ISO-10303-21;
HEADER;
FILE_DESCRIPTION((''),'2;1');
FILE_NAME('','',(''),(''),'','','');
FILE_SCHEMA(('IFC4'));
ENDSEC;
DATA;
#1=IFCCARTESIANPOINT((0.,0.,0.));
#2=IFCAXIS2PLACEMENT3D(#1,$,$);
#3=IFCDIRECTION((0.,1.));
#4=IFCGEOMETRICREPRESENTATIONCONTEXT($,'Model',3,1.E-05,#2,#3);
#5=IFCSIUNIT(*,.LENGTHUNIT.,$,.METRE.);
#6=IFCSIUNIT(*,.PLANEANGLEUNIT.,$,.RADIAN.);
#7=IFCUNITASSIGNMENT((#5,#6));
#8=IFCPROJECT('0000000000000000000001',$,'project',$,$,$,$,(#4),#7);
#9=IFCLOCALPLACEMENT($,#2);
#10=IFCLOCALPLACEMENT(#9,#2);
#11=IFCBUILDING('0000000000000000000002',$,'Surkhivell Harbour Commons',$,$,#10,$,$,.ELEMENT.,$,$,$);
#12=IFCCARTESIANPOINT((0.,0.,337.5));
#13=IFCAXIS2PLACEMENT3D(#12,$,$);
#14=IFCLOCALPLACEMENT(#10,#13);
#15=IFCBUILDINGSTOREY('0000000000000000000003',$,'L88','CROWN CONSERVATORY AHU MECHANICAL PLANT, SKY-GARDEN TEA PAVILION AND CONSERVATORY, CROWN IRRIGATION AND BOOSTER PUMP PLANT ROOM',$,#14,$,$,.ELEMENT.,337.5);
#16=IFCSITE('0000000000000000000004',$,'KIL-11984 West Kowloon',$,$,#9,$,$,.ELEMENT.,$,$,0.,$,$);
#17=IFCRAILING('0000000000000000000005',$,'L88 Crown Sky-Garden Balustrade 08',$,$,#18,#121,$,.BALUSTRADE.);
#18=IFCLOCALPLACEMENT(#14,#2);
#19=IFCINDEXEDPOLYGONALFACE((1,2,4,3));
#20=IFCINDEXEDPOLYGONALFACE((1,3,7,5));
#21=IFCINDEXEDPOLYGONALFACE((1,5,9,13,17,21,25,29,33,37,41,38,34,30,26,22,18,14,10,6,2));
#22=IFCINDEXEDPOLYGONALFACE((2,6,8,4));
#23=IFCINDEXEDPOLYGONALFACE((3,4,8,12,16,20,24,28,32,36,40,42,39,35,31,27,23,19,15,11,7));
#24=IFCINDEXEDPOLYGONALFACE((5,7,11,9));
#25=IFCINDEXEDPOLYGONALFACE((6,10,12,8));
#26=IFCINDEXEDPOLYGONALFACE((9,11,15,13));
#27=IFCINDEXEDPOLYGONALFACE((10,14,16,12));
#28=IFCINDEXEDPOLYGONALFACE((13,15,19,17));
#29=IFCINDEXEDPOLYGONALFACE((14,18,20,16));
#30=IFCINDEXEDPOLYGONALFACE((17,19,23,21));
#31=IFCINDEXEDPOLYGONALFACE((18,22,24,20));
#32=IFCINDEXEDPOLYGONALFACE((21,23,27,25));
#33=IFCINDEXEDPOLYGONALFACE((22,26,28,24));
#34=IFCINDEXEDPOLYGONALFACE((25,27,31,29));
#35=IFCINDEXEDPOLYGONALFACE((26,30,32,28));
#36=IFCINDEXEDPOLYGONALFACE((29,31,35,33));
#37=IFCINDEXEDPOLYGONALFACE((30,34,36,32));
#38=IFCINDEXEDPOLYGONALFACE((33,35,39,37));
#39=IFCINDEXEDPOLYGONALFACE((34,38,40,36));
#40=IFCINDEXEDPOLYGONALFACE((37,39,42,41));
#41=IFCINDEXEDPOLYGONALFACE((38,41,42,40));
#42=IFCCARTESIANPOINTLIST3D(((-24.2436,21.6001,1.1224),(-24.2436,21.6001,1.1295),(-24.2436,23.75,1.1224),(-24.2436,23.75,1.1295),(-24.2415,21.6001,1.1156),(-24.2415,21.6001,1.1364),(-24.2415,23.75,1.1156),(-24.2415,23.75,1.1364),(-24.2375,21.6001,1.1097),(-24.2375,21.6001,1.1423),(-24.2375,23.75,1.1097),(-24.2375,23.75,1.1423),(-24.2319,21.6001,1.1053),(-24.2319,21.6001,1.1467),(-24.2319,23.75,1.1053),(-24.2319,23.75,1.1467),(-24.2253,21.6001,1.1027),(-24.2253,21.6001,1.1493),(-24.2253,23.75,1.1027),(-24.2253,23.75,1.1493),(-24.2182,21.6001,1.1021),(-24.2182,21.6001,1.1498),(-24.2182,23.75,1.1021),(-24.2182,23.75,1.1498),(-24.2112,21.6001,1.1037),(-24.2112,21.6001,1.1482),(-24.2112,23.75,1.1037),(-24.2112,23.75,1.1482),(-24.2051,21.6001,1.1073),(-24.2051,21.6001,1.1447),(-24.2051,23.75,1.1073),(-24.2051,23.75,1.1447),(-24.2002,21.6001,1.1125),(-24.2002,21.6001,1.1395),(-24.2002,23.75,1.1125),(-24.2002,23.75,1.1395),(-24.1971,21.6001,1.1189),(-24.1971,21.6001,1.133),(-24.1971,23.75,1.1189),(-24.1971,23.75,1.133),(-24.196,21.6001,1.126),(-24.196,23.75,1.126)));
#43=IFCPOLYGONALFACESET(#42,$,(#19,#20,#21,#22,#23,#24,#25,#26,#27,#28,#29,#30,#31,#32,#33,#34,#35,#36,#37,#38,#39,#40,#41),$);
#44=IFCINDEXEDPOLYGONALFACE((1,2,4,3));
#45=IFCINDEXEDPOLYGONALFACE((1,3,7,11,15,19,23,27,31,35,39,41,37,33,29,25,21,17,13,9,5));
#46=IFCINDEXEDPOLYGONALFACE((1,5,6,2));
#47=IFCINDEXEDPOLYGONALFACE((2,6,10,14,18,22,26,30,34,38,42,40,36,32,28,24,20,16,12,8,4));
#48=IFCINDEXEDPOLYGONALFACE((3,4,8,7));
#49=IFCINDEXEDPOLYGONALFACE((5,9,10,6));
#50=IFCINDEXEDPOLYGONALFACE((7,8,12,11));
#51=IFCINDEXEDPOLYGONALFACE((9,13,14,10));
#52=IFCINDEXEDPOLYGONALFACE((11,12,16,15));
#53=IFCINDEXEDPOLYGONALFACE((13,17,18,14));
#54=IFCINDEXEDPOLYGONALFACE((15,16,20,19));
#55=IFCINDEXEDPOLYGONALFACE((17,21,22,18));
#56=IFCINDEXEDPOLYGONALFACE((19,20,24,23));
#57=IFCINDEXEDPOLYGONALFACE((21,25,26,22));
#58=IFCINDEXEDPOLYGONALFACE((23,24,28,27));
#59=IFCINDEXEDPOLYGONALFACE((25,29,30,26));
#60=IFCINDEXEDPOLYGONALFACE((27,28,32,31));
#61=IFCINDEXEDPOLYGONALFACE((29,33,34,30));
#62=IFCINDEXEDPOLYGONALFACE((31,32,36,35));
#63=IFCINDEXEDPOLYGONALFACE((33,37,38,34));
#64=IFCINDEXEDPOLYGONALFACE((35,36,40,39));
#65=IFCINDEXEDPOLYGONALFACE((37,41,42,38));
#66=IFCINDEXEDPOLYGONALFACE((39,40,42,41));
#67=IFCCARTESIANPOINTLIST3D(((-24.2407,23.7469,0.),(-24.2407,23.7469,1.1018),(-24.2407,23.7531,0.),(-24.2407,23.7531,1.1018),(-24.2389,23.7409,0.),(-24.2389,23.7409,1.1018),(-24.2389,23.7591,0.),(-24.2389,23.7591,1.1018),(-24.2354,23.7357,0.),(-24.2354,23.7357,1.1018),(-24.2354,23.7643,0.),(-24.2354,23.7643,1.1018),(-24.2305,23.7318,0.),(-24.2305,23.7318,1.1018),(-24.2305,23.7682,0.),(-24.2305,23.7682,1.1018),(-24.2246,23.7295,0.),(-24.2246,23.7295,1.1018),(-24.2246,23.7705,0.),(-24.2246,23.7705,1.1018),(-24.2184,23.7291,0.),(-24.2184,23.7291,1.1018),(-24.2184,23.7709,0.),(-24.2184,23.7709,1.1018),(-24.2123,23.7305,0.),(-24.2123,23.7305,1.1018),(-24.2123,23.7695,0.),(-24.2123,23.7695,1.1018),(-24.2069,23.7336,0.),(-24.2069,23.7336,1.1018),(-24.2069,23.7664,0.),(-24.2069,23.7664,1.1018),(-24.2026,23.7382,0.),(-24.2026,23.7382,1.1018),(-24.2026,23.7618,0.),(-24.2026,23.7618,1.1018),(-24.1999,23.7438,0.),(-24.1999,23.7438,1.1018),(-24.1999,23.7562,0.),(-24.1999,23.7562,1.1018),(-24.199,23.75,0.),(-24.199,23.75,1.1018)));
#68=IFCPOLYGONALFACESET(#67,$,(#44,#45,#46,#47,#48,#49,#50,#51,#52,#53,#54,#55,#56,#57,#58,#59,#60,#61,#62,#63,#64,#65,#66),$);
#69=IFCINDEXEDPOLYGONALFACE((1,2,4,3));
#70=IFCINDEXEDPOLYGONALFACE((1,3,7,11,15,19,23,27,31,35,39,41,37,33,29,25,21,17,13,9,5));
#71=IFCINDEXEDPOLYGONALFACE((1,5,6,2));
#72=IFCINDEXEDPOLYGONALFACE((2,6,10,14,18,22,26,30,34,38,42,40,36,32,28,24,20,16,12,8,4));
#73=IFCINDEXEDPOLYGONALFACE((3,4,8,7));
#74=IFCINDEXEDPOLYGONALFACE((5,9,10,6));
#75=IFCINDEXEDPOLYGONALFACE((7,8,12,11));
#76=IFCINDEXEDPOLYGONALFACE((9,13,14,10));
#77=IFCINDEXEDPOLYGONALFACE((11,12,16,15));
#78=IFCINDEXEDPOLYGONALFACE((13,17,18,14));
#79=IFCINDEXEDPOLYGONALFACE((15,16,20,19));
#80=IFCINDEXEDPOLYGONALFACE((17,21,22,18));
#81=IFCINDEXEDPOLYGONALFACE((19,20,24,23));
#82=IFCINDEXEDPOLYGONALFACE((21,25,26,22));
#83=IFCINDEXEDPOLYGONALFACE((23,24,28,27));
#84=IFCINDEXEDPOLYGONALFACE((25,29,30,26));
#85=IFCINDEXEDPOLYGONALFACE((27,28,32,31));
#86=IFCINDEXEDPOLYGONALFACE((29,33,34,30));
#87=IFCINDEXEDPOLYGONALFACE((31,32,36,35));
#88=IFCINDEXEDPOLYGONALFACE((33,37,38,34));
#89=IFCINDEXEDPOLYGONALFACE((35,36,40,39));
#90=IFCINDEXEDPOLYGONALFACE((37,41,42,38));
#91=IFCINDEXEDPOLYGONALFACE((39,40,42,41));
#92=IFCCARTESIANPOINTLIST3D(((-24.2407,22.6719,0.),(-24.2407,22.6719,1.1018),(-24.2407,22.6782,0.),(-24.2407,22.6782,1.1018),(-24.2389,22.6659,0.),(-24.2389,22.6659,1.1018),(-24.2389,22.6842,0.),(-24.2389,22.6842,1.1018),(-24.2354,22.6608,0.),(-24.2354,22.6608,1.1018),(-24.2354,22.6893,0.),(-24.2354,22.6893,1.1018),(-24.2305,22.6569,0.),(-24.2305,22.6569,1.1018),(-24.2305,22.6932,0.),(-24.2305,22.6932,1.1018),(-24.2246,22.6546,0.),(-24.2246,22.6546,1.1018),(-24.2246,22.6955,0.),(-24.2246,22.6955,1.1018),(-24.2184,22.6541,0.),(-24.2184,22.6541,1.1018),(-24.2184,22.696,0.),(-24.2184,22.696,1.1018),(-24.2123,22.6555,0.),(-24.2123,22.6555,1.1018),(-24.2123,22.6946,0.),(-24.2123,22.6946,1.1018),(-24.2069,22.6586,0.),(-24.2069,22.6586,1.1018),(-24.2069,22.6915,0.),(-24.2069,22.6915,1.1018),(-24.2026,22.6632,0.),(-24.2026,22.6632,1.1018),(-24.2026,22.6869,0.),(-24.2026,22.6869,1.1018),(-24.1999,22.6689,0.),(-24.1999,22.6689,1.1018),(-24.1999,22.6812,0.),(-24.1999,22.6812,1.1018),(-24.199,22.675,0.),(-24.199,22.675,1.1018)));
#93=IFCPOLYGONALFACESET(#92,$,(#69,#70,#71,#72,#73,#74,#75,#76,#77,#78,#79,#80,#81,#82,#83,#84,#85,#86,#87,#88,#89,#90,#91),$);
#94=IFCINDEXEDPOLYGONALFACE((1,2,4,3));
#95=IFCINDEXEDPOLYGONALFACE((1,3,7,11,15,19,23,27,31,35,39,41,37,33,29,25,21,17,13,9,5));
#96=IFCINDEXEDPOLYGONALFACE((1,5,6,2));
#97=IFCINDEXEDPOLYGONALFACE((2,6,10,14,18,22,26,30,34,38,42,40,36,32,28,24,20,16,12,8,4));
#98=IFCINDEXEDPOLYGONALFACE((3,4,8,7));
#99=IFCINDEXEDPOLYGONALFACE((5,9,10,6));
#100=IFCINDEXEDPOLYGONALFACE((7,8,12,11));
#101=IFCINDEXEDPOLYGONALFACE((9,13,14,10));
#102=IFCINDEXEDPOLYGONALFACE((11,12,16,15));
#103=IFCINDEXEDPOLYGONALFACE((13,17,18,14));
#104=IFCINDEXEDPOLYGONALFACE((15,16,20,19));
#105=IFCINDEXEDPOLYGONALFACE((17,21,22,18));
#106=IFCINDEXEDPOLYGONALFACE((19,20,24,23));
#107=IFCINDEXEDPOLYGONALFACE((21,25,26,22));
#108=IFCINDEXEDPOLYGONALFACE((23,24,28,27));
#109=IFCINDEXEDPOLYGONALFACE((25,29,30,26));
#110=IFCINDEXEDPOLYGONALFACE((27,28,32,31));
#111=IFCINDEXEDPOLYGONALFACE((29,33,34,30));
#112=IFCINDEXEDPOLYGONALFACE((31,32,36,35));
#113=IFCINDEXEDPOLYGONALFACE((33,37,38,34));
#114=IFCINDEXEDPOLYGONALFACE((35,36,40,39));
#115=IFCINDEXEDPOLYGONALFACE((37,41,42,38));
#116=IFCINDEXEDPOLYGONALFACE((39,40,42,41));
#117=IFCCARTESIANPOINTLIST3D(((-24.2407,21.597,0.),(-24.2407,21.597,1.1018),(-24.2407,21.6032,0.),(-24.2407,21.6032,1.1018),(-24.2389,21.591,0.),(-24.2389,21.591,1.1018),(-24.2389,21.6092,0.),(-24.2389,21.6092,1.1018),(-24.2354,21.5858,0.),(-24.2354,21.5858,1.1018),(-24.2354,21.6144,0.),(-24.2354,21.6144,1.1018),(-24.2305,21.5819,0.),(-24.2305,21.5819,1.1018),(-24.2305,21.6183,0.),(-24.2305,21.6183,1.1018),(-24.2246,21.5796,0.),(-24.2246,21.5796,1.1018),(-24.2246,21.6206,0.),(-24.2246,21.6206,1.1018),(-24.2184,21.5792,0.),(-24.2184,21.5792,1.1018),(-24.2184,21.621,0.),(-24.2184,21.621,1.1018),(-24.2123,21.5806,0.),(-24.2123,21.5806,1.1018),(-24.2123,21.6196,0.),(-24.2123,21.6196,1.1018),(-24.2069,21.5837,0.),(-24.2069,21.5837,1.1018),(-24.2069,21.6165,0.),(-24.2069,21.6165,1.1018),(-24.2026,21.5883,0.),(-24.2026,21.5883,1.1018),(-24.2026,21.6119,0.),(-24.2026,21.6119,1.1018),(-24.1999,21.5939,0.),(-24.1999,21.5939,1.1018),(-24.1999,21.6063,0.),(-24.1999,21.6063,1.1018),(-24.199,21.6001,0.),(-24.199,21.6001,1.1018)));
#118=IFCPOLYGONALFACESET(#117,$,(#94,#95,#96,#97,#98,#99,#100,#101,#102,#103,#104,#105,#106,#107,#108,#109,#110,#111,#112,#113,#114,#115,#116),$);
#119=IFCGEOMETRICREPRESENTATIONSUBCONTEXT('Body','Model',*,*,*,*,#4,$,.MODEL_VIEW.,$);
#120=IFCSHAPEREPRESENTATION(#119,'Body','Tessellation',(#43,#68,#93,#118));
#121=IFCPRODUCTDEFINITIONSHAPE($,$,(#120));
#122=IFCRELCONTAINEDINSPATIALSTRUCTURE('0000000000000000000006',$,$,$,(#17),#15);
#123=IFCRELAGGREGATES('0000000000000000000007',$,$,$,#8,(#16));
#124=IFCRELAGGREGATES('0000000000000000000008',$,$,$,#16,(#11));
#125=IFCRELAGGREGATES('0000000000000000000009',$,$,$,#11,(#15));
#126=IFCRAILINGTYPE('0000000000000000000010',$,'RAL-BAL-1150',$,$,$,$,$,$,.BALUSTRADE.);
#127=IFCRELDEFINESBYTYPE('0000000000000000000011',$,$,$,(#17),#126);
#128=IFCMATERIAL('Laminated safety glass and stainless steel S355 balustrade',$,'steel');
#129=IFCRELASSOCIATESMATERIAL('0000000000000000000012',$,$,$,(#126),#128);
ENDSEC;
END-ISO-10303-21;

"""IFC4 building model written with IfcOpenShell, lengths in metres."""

from ifc_helpers import new_model, si_unit, direction, frame, origin, origin_2d, place, context, subcontext, project, spatial, circle, extrude, material, type_object, element, save


model = new_model("IFC4")

# Units and contexts
model_context = context("Model", 3, precision=1e-05, world=origin(), true_north=direction((0.0, 1.0)))
body_context = subcontext(model_context, "Body", "Model", "MODEL_VIEW")
ifc_project = project(units=[si_unit("LENGTHUNIT", "METRE"), si_unit("PLANEANGLEUNIT", "RADIAN")], contexts=[model_context])

# Site, building, storey
site_placement = place(None, origin())
site = spatial("IfcSite", under=ifc_project, at=site_placement, Name="KIL-11984 West Kowloon", CompositionType="ELEMENT", RefElevation=0.0)
building_placement = place(site_placement, origin())
building = spatial("IfcBuilding", under=site, at=building_placement, Name="Surkhivell Harbour Commons", CompositionType="ELEMENT")
storey_placement = place(building_placement, frame((0.0, 0.0, 337.5)))
storey = spatial("IfcBuildingStorey", under=building, at=storey_placement, Name="L88", Description="CROWN CONSERVATORY AHU MECHANICAL PLANT, SKY-GARDEN TEA PAVILION AND CONSERVATORY, CROWN IRRIGATION AND BOOSTER PUMP PLANT ROOM", CompositionType="ELEMENT", Elevation=337.5)

# Railing
ifc_material_1 = material(Name="Laminated safety glass and stainless steel S355 balustrade", Category="steel")
railing_type = type_object("IfcRailingType", Name="RAL-BAL-1150", PredefinedType="BALUSTRADE", material=ifc_material_1)
railing_1_placement = place(storey_placement, frame((-24.22, 23.75, 0.0)))
element("IfcRailing", 1, at=railing_1_placement, inside=storey, type_object=railing_type, Name="L88 Crown Sky-Garden Balustrade 08", PredefinedType="BALUSTRADE", context=body_context, shape_type="SweptSolid", body=[
    extrude(circle(Radius=0.0239, at=origin_2d()), frame((0.0, 0.0, 1.126), z_axis=(0.0, -1.0, 0.0), x_axis=(1.0, 0.0, 0.0)), (0.0, 0.0, 1.0), 2.1499),
    extrude(circle(Radius=0.021, at=origin_2d()), origin(), (0.0, 0.0, 1.0), 1.1018),
    extrude(circle(Radius=0.021, at=origin_2d()), frame((0.0, -1.075, 0.0)), (0.0, 0.0, 1.0), 1.1018),
    extrude(circle(Radius=0.021, at=origin_2d()), frame((0.0, -2.1499, 0.0)), (0.0, 0.0, 1.0), 1.1018),
])

save(model, "model.ifc")
